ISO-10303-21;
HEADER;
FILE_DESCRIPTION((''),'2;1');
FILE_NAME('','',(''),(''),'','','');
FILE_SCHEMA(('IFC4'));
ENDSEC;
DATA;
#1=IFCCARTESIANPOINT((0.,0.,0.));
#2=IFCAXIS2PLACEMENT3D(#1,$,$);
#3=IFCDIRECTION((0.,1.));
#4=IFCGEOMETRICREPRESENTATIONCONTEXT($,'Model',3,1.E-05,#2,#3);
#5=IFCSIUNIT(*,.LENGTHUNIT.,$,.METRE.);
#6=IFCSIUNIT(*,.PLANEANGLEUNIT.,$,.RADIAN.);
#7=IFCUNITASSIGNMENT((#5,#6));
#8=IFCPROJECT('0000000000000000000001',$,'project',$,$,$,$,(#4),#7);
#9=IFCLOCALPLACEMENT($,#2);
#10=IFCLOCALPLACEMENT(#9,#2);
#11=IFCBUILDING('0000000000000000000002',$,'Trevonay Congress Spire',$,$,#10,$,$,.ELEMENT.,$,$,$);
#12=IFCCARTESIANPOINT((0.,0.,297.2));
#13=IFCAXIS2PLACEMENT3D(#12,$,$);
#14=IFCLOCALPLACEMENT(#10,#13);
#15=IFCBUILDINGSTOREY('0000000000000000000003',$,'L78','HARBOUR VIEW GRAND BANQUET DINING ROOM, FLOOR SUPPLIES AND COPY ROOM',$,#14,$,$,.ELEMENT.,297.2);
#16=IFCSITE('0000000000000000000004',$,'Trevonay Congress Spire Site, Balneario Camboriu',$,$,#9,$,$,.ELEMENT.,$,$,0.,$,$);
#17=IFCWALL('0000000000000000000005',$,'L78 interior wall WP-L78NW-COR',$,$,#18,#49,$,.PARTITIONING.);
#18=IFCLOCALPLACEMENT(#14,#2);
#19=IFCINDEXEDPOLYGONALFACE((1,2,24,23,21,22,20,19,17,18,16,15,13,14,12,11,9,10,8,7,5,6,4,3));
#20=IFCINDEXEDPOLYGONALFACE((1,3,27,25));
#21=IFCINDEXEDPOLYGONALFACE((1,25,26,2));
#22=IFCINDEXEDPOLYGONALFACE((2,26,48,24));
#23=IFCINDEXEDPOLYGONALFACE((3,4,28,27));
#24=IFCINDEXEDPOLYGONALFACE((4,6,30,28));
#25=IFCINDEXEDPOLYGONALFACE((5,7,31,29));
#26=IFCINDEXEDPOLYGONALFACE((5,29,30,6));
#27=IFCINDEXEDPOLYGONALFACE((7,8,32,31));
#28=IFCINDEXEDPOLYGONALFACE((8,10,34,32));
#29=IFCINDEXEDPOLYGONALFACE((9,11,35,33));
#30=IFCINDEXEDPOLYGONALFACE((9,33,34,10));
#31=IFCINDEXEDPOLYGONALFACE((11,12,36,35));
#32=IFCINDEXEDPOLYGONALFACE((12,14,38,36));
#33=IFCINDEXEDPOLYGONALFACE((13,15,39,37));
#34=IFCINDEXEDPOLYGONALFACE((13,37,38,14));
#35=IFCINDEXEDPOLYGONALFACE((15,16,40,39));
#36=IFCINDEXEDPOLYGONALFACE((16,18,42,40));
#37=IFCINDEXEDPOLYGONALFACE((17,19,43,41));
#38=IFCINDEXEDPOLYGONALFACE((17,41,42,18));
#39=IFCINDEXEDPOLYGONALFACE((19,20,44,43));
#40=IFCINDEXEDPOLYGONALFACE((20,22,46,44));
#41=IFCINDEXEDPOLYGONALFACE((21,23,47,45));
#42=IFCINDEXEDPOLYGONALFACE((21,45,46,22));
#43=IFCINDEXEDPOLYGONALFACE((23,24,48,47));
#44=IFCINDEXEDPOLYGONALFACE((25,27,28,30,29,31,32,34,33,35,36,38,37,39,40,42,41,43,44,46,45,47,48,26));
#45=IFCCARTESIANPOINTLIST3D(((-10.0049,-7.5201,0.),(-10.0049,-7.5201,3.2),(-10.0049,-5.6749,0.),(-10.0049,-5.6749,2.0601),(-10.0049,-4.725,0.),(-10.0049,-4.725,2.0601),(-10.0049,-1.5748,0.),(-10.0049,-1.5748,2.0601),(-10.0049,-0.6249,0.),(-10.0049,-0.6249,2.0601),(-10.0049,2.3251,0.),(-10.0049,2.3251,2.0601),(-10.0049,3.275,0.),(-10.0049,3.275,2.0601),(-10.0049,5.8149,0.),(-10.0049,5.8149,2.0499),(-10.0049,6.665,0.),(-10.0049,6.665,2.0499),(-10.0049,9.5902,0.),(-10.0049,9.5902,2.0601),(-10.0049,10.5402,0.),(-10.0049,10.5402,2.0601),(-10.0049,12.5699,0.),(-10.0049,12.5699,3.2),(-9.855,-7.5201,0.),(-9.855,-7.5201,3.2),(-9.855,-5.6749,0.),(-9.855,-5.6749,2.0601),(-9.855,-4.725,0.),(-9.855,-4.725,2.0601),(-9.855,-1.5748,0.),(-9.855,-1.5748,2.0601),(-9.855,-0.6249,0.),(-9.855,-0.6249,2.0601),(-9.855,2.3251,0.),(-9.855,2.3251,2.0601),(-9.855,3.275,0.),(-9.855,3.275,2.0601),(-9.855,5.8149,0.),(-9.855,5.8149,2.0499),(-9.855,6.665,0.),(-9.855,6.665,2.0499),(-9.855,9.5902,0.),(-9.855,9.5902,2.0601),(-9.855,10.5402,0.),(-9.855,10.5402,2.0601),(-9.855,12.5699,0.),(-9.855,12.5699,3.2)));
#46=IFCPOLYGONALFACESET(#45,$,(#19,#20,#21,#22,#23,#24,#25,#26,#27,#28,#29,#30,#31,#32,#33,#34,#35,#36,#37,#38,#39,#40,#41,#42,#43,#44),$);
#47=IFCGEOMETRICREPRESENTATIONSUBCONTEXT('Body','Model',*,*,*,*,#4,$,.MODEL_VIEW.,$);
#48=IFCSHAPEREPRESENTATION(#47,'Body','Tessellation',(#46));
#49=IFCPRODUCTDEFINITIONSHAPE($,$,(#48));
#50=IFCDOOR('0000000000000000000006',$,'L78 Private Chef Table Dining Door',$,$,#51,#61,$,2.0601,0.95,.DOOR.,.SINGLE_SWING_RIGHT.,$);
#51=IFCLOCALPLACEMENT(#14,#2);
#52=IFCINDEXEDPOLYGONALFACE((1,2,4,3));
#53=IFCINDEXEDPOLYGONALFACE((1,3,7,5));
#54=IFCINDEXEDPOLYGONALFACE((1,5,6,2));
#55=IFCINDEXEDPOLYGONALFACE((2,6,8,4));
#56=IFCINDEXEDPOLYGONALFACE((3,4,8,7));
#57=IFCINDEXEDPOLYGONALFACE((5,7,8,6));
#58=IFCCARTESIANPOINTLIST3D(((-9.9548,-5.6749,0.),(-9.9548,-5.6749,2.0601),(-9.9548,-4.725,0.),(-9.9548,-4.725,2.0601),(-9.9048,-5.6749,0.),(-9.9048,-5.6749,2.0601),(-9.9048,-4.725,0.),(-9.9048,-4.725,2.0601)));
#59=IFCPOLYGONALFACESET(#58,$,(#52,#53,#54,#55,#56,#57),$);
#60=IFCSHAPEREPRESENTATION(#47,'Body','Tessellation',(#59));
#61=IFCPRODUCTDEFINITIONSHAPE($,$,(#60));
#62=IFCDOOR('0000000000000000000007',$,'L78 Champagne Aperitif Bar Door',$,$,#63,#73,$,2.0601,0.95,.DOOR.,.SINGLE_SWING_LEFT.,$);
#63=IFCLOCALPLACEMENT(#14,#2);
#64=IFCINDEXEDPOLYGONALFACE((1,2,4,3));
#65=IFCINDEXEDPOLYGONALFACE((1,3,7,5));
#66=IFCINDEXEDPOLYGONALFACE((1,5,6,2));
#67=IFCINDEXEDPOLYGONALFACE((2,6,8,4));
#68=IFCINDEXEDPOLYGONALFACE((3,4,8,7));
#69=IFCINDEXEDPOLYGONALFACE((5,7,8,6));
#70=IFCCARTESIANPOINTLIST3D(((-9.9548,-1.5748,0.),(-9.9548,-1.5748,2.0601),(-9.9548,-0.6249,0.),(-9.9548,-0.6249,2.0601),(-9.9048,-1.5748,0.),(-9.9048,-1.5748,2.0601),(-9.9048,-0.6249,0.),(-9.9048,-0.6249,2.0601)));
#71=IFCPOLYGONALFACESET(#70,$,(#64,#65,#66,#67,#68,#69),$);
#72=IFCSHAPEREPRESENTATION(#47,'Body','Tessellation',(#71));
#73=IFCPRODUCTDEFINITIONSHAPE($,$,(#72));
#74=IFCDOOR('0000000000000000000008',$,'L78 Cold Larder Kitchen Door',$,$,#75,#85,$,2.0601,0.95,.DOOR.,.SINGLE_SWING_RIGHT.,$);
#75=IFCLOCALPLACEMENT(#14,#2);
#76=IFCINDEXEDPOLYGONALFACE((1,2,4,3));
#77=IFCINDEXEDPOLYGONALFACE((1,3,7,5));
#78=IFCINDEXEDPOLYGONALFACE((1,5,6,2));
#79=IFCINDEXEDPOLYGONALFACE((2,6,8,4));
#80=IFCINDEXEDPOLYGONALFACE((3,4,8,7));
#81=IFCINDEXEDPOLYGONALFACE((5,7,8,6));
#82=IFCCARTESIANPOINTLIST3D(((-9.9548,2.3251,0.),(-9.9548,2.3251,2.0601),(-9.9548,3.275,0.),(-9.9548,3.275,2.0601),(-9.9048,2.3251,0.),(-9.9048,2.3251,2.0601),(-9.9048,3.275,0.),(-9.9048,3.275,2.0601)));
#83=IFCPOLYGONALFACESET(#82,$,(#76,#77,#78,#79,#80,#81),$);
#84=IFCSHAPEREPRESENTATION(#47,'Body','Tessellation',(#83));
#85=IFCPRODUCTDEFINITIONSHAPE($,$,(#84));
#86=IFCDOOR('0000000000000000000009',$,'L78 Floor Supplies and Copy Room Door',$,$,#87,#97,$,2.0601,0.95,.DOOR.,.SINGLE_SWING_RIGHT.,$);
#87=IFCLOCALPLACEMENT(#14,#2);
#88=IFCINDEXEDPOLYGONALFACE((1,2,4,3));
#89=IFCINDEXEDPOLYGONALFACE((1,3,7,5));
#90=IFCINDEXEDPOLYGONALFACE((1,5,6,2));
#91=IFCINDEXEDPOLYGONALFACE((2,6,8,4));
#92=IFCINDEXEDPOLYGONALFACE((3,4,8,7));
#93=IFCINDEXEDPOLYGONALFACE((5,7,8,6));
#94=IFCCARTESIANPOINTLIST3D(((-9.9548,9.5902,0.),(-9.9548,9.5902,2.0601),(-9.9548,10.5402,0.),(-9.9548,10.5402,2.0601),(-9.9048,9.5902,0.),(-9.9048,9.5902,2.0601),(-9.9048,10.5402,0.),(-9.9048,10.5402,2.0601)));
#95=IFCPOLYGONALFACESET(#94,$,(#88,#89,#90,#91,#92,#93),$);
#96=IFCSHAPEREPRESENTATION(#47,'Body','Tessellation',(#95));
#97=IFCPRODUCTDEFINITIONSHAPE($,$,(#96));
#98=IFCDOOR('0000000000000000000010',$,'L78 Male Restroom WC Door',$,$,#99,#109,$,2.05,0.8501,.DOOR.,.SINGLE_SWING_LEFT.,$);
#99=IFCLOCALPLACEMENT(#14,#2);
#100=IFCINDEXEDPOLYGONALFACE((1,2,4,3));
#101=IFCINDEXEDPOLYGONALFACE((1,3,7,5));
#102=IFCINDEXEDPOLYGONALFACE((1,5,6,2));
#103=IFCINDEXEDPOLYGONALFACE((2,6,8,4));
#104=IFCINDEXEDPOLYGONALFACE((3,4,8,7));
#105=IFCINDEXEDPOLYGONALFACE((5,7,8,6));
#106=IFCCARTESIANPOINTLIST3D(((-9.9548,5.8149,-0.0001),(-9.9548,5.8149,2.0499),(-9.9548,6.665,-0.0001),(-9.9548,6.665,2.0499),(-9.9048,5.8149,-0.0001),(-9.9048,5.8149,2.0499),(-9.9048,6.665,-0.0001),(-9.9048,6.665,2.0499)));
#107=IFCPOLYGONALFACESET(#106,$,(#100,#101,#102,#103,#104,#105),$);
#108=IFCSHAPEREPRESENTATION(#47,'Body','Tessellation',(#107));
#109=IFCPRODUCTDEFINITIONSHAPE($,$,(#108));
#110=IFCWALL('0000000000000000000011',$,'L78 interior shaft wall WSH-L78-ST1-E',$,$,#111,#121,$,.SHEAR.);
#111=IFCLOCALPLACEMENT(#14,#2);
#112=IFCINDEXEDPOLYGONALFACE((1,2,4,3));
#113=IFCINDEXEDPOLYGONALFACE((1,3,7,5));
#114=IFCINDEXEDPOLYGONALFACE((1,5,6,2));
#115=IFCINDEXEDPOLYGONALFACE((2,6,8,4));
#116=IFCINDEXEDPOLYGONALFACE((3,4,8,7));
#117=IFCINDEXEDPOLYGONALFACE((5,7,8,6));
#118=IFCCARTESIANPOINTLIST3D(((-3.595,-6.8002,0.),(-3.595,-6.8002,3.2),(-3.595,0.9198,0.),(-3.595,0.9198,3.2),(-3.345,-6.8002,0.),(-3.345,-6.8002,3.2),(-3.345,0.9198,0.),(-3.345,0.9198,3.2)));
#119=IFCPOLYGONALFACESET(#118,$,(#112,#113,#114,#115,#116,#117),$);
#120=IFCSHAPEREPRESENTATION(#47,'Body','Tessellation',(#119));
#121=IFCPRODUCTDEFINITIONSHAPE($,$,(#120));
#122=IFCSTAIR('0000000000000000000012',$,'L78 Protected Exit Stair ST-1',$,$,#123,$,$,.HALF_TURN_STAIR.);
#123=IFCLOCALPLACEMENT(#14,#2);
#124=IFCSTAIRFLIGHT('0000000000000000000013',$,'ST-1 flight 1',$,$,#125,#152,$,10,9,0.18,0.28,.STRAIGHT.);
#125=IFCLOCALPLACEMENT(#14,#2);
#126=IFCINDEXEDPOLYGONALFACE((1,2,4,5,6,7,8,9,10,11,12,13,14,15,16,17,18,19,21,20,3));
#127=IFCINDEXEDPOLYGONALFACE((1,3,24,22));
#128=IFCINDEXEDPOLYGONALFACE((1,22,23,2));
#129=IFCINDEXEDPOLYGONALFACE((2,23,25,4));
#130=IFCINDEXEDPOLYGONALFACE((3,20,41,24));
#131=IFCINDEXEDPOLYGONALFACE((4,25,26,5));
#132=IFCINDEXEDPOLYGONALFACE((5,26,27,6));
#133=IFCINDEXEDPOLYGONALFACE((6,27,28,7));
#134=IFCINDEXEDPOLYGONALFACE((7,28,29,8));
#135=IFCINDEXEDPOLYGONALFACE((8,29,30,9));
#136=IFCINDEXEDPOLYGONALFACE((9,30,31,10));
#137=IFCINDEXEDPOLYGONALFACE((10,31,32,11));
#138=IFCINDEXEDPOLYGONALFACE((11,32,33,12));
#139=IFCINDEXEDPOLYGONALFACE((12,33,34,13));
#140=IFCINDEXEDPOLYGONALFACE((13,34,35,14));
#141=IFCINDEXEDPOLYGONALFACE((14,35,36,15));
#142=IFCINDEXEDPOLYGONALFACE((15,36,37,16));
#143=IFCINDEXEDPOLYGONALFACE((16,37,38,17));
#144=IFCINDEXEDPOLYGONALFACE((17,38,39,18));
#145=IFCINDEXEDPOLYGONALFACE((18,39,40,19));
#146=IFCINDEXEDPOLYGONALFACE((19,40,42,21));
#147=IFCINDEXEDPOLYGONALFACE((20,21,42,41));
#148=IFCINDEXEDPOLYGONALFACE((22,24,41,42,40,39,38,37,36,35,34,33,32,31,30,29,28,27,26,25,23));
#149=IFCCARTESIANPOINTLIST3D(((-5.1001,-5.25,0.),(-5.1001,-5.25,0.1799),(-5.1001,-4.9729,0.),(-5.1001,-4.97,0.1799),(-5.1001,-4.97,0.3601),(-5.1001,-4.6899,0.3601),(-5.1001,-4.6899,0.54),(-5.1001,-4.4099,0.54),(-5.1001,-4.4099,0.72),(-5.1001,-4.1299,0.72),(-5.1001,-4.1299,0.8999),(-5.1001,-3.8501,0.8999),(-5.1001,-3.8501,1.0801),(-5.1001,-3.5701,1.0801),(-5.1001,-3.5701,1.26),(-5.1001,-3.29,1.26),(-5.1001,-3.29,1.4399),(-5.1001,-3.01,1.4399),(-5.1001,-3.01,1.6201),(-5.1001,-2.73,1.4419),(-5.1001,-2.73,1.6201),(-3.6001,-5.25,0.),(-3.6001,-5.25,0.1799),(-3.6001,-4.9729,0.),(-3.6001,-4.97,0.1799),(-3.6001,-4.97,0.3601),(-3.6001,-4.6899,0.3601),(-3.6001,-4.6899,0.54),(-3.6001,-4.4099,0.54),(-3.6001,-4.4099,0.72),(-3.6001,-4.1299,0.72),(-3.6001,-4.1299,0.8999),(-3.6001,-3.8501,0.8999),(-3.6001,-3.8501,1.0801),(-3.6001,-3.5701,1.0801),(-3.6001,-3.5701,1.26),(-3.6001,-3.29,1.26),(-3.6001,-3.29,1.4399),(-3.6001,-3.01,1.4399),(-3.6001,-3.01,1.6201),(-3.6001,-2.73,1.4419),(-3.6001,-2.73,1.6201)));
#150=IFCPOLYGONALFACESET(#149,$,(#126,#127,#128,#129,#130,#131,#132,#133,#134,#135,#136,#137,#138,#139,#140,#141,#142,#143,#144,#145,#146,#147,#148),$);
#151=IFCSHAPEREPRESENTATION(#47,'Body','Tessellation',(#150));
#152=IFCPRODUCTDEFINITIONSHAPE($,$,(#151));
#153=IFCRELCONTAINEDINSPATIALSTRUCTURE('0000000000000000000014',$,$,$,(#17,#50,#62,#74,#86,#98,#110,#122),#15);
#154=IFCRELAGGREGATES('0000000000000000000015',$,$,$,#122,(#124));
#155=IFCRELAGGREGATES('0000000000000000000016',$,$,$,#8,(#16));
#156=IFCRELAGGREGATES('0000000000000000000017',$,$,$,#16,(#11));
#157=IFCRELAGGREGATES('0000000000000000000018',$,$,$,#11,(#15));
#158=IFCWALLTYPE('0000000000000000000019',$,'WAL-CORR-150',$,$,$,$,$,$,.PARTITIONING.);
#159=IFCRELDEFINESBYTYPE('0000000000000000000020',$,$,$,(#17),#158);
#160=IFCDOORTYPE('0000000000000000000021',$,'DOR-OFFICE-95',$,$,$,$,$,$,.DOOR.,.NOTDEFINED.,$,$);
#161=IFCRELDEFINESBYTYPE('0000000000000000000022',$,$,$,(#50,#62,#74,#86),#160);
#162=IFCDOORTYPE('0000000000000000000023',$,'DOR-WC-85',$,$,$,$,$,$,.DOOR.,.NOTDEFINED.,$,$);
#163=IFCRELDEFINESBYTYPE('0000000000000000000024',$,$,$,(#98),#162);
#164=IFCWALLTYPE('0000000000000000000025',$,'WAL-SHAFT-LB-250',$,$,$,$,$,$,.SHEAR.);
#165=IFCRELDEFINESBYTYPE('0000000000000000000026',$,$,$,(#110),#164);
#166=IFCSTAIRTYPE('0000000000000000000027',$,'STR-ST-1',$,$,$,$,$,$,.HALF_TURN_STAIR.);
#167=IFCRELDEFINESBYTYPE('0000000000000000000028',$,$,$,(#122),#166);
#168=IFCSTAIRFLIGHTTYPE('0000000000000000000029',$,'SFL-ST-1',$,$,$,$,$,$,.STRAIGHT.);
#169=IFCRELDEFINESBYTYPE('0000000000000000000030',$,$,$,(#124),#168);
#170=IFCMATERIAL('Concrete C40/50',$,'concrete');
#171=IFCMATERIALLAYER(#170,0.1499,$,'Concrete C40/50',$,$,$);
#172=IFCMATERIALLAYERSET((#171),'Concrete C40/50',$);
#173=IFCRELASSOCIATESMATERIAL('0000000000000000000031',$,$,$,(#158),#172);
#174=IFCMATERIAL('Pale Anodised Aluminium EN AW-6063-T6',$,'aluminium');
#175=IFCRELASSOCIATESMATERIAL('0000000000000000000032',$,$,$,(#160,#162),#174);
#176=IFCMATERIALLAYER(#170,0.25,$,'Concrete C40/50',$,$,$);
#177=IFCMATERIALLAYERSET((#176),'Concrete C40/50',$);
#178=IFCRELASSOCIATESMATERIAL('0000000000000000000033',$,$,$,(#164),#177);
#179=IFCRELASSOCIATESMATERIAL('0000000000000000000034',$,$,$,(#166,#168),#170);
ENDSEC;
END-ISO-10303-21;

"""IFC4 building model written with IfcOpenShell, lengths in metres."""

from ifc_helpers import new_model, si_unit, direction, frame, frame_2d, origin, place, context, subcontext, project, spatial, polyline, rectangle, outline, extrude, material, layer, layer_set, type_object, element, fill, aggregate, save


model = new_model("IFC4")

# Units and contexts
model_context = context("Model", 3, precision=1e-05, world=origin(), true_north=direction((0.0, 1.0)))
body_context = subcontext(model_context, "Body", "Model", "MODEL_VIEW")
ifc_project = project(units=[si_unit("LENGTHUNIT", "METRE"), si_unit("PLANEANGLEUNIT", "RADIAN")], contexts=[model_context])

# Site, building, storey
site_placement = place(None, origin())
site = spatial("IfcSite", under=ifc_project, at=site_placement, Name="Trevonay Congress Spire Site, Balneario Camboriu", CompositionType="ELEMENT", RefElevation=0.0)
building_placement = place(site_placement, origin())
building = spatial("IfcBuilding", under=site, at=building_placement, Name="Trevonay Congress Spire", CompositionType="ELEMENT")
storey_placement = place(building_placement, frame((0.0, 0.0, 297.2)))
storey = spatial("IfcBuildingStorey", under=building, at=storey_placement, Name="L78", Description="HARBOUR VIEW GRAND BANQUET DINING ROOM, FLOOR SUPPLIES AND COPY ROOM", CompositionType="ELEMENT", Elevation=297.2)

# Wall, openings, doors
ifc_material_1 = material(Name="Concrete C40/50", Category="concrete")
ifc_layer_1 = layer(ifc_material_1, 0.1499, Name="Concrete C40/50")
ifc_layer_set_1 = layer_set([ifc_layer_1], Name="Concrete C40/50")
wall_type_1 = type_object("IfcWallType", Name="WAL-CORR-150", PredefinedType="PARTITIONING", material=ifc_layer_set_1)
wall_1_placement = place(storey_placement, frame((-9.9299, -7.52, 0.0), z_axis=(0.0, 0.0, 1.0), x_axis=(0.0, 1.0, 0.0)))
wall_1 = element("IfcWall", 1, at=wall_1_placement, inside=storey, type_object=wall_type_1, Name="L78 interior wall WP-L78NW-COR", PredefinedType="PARTITIONING", context=body_context, shape_type="SweptSolid", body=[
    extrude(rectangle(XDim=20.0901, YDim=0.1499, at=frame_2d((10.0449, 0.0))), origin(), (0.0, 0.0, 1.0), 3.2),
])
opening_1_placement = place(wall_1_placement, frame((1.845, 0.0, 0.0)))
opening_1 = element("IfcOpeningElement", 2, at=opening_1_placement, cuts=wall_1, PredefinedType="OPENING", context=body_context, shape_type="SweptSolid", body=[
    extrude(rectangle(XDim=0.95, YDim=2.0601, at=frame_2d((0.4751, 1.03))), frame((0.0, 0.085, 0.0), z_axis=(0.0, -1.0, 0.0), x_axis=(1.0, 0.0, 0.0)), (0.0, 0.0, 1.0), 0.1699),
])
opening_2_placement = place(wall_1_placement, frame((5.9451, 0.0, 0.0)))
opening_2 = element("IfcOpeningElement", 3, at=opening_2_placement, cuts=wall_1, PredefinedType="OPENING", context=body_context, shape_type="SweptSolid", body=[
    extrude(rectangle(XDim=0.95, YDim=2.0601, at=frame_2d((0.4751, 1.03))), frame((0.0, 0.085, 0.0), z_axis=(0.0, -1.0, 0.0), x_axis=(1.0, 0.0, 0.0)), (0.0, 0.0, 1.0), 0.1699),
])
opening_3_placement = place(wall_1_placement, frame((9.845, 0.0, 0.0)))
opening_3 = element("IfcOpeningElement", 4, at=opening_3_placement, cuts=wall_1, PredefinedType="OPENING", context=body_context, shape_type="SweptSolid", body=[
    extrude(rectangle(XDim=0.95, YDim=2.0601, at=frame_2d((0.4751, 1.03))), frame((0.0, 0.085, 0.0), z_axis=(0.0, -1.0, 0.0), x_axis=(1.0, 0.0, 0.0)), (0.0, 0.0, 1.0), 0.1699),
])
opening_4_placement = place(wall_1_placement, frame((13.335, 0.0, 0.0)))
opening_4 = element("IfcOpeningElement", 5, at=opening_4_placement, cuts=wall_1, PredefinedType="OPENING", context=body_context, shape_type="SweptSolid", body=[
    extrude(rectangle(XDim=0.8501, YDim=2.05, at=frame_2d((0.425, 1.0249))), frame((0.0, 0.085, 0.0), z_axis=(0.0, -1.0, 0.0), x_axis=(1.0, 0.0, 0.0)), (0.0, 0.0, 1.0), 0.1699),
])
opening_5_placement = place(wall_1_placement, frame((17.1101, 0.0, 0.0)))
opening_5 = element("IfcOpeningElement", 6, at=opening_5_placement, cuts=wall_1, PredefinedType="OPENING", context=body_context, shape_type="SweptSolid", body=[
    extrude(rectangle(XDim=0.95, YDim=2.0601, at=frame_2d((0.4751, 1.03))), frame((0.0, 0.085, 0.0), z_axis=(0.0, -1.0, 0.0), x_axis=(1.0, 0.0, 0.0)), (0.0, 0.0, 1.0), 0.1699),
])
ifc_material_2 = material(Name="Pale Anodised Aluminium EN AW-6063-T6", Category="aluminium")
door_type_1 = type_object("IfcDoorType", Name="DOR-OFFICE-95", OperationType="NOTDEFINED", PredefinedType="DOOR", material=ifc_material_2)
door_1_placement = place(opening_1_placement, origin())
door_1 = element("IfcDoor", 7, at=door_1_placement, inside=storey, type_object=door_type_1, Name="L78 Private Chef Table Dining Door", OperationType="SINGLE_SWING_RIGHT", OverallHeight=2.0601, OverallWidth=0.95, PredefinedType="DOOR", context=body_context, shape_type="SweptSolid", body=[
    extrude(rectangle(XDim=0.95, YDim=2.0601, at=frame_2d((0.4751, 1.03))), frame((0.0, 0.0249, 0.0), z_axis=(0.0, -1.0, 0.0), x_axis=(1.0, 0.0, 0.0)), (0.0, 0.0, 1.0), 0.05),
])
fill(opening_1, door_1)
door_2_placement = place(opening_2_placement, origin())
door_2 = element("IfcDoor", 8, at=door_2_placement, inside=storey, type_object=door_type_1, Name="L78 Champagne Aperitif Bar Door", OperationType="SINGLE_SWING_LEFT", OverallHeight=2.0601, OverallWidth=0.95, PredefinedType="DOOR", context=body_context, shape_type="SweptSolid", body=[
    extrude(rectangle(XDim=0.95, YDim=2.0601, at=frame_2d((0.4751, 1.03))), frame((0.0, 0.0249, 0.0), z_axis=(0.0, -1.0, 0.0), x_axis=(1.0, 0.0, 0.0)), (0.0, 0.0, 1.0), 0.05),
])
fill(opening_2, door_2)
door_3_placement = place(opening_3_placement, origin())
door_3 = element("IfcDoor", 9, at=door_3_placement, inside=storey, type_object=door_type_1, Name="L78 Cold Larder Kitchen Door", OperationType="SINGLE_SWING_RIGHT", OverallHeight=2.0601, OverallWidth=0.95, PredefinedType="DOOR", context=body_context, shape_type="SweptSolid", body=[
    extrude(rectangle(XDim=0.95, YDim=2.0601, at=frame_2d((0.4751, 1.03))), frame((0.0, 0.0249, 0.0), z_axis=(0.0, -1.0, 0.0), x_axis=(1.0, 0.0, 0.0)), (0.0, 0.0, 1.0), 0.05),
])
fill(opening_3, door_3)
door_4_placement = place(opening_5_placement, origin())
door_4 = element("IfcDoor", 10, at=door_4_placement, inside=storey, type_object=door_type_1, Name="L78 Floor Supplies and Copy Room Door", OperationType="SINGLE_SWING_RIGHT", OverallHeight=2.0601, OverallWidth=0.95, PredefinedType="DOOR", context=body_context, shape_type="SweptSolid", body=[
    extrude(rectangle(XDim=0.95, YDim=2.0601, at=frame_2d((0.4751, 1.03))), frame((0.0, 0.0249, 0.0), z_axis=(0.0, -1.0, 0.0), x_axis=(1.0, 0.0, 0.0)), (0.0, 0.0, 1.0), 0.05),
])
fill(opening_5, door_4)
door_type_2 = type_object("IfcDoorType", Name="DOR-WC-85", OperationType="NOTDEFINED", PredefinedType="DOOR", material=ifc_material_2)
door_5_placement = place(opening_4_placement, origin())
door_5 = element("IfcDoor", 11, at=door_5_placement, inside=storey, type_object=door_type_2, Name="L78 Male Restroom WC Door", OperationType="SINGLE_SWING_LEFT", OverallHeight=2.05, OverallWidth=0.8501, PredefinedType="DOOR", context=body_context, shape_type="SweptSolid", body=[
    extrude(rectangle(XDim=0.8501, YDim=2.05, at=frame_2d((0.425, 1.0249))), frame((0.0, 0.0249, 0.0), z_axis=(0.0, -1.0, 0.0), x_axis=(1.0, 0.0, 0.0)), (0.0, 0.0, 1.0), 0.05),
])
fill(opening_4, door_5)

# Wall
ifc_layer_2 = layer(ifc_material_1, 0.25, Name="Concrete C40/50")
ifc_layer_set_2 = layer_set([ifc_layer_2], Name="Concrete C40/50")
wall_type_2 = type_object("IfcWallType", Name="WAL-SHAFT-LB-250", PredefinedType="SHEAR", material=ifc_layer_set_2)
wall_2_placement = place(storey_placement, frame((-3.47, -6.8, 0.0), z_axis=(0.0, 0.0, 1.0), x_axis=(0.0, 1.0, 0.0)))
element("IfcWall", 12, at=wall_2_placement, inside=storey, type_object=wall_type_2, Name="L78 interior shaft wall WSH-L78-ST1-E", PredefinedType="SHEAR", context=body_context, shape_type="SweptSolid", body=[
    extrude(rectangle(XDim=7.72, YDim=0.25, at=frame_2d((3.8599, 0.0))), origin(), (0.0, 0.0, 1.0), 3.2),
])

# Stair, stair flight
stair_type = type_object("IfcStairType", Name="STR-ST-1", PredefinedType="HALF_TURN_STAIR", material=ifc_material_1)
stair_placement = place(storey_placement, origin())
stair = element("IfcStair", 13, at=stair_placement, inside=storey, type_object=stair_type, Name="L78 Protected Exit Stair ST-1", PredefinedType="HALF_TURN_STAIR")
stair_flight_type = type_object("IfcStairFlightType", Name="SFL-ST-1", PredefinedType="STRAIGHT", material=ifc_material_1)
stair_flight_1_placement = place(storey_placement, frame((-4.3501, -5.25, 0.0), z_axis=(0.0, 0.0, 1.0), x_axis=(0.0, 1.0, 0.0)))
stair_flight_1 = element("IfcStairFlight", 14, at=stair_flight_1_placement, type_object=stair_flight_type, Name="ST-1 flight 1", NumberOfRisers=10, NumberOfTreads=9, PredefinedType="STRAIGHT", RiserHeight=0.18, TreadLength=0.28, context=body_context, shape_type="SweptSolid", body=[
    extrude(outline(polyline([(0.0, 0.0), (0.0, 0.1799), (0.28, 0.1799), (0.28, 0.3601), (0.5601, 0.3601), (0.5601, 0.54), (0.8401, 0.54), (0.8401, 0.72), (1.1201, 0.72), (1.1201, 0.8999), (1.3999, 0.8999), (1.3999, 1.0801), (1.6799, 1.0801), (1.6799, 1.26), (1.96, 1.26), (1.96, 1.4399), (2.24, 1.4399), (2.24, 1.6201), (2.52, 1.6201), (2.52, 1.8), (2.52, 1.4419), (0.2771, 0.0), (0.0, 0.0)])), frame((0.0, 0.75, 0.0), z_axis=(0.0, -1.0, 0.0), x_axis=(1.0, 0.0, 0.0)), (0.0, 0.0, 1.0), 1.5),
])
aggregate(stair, [stair_flight_1])

save(model, "model.ifc")
